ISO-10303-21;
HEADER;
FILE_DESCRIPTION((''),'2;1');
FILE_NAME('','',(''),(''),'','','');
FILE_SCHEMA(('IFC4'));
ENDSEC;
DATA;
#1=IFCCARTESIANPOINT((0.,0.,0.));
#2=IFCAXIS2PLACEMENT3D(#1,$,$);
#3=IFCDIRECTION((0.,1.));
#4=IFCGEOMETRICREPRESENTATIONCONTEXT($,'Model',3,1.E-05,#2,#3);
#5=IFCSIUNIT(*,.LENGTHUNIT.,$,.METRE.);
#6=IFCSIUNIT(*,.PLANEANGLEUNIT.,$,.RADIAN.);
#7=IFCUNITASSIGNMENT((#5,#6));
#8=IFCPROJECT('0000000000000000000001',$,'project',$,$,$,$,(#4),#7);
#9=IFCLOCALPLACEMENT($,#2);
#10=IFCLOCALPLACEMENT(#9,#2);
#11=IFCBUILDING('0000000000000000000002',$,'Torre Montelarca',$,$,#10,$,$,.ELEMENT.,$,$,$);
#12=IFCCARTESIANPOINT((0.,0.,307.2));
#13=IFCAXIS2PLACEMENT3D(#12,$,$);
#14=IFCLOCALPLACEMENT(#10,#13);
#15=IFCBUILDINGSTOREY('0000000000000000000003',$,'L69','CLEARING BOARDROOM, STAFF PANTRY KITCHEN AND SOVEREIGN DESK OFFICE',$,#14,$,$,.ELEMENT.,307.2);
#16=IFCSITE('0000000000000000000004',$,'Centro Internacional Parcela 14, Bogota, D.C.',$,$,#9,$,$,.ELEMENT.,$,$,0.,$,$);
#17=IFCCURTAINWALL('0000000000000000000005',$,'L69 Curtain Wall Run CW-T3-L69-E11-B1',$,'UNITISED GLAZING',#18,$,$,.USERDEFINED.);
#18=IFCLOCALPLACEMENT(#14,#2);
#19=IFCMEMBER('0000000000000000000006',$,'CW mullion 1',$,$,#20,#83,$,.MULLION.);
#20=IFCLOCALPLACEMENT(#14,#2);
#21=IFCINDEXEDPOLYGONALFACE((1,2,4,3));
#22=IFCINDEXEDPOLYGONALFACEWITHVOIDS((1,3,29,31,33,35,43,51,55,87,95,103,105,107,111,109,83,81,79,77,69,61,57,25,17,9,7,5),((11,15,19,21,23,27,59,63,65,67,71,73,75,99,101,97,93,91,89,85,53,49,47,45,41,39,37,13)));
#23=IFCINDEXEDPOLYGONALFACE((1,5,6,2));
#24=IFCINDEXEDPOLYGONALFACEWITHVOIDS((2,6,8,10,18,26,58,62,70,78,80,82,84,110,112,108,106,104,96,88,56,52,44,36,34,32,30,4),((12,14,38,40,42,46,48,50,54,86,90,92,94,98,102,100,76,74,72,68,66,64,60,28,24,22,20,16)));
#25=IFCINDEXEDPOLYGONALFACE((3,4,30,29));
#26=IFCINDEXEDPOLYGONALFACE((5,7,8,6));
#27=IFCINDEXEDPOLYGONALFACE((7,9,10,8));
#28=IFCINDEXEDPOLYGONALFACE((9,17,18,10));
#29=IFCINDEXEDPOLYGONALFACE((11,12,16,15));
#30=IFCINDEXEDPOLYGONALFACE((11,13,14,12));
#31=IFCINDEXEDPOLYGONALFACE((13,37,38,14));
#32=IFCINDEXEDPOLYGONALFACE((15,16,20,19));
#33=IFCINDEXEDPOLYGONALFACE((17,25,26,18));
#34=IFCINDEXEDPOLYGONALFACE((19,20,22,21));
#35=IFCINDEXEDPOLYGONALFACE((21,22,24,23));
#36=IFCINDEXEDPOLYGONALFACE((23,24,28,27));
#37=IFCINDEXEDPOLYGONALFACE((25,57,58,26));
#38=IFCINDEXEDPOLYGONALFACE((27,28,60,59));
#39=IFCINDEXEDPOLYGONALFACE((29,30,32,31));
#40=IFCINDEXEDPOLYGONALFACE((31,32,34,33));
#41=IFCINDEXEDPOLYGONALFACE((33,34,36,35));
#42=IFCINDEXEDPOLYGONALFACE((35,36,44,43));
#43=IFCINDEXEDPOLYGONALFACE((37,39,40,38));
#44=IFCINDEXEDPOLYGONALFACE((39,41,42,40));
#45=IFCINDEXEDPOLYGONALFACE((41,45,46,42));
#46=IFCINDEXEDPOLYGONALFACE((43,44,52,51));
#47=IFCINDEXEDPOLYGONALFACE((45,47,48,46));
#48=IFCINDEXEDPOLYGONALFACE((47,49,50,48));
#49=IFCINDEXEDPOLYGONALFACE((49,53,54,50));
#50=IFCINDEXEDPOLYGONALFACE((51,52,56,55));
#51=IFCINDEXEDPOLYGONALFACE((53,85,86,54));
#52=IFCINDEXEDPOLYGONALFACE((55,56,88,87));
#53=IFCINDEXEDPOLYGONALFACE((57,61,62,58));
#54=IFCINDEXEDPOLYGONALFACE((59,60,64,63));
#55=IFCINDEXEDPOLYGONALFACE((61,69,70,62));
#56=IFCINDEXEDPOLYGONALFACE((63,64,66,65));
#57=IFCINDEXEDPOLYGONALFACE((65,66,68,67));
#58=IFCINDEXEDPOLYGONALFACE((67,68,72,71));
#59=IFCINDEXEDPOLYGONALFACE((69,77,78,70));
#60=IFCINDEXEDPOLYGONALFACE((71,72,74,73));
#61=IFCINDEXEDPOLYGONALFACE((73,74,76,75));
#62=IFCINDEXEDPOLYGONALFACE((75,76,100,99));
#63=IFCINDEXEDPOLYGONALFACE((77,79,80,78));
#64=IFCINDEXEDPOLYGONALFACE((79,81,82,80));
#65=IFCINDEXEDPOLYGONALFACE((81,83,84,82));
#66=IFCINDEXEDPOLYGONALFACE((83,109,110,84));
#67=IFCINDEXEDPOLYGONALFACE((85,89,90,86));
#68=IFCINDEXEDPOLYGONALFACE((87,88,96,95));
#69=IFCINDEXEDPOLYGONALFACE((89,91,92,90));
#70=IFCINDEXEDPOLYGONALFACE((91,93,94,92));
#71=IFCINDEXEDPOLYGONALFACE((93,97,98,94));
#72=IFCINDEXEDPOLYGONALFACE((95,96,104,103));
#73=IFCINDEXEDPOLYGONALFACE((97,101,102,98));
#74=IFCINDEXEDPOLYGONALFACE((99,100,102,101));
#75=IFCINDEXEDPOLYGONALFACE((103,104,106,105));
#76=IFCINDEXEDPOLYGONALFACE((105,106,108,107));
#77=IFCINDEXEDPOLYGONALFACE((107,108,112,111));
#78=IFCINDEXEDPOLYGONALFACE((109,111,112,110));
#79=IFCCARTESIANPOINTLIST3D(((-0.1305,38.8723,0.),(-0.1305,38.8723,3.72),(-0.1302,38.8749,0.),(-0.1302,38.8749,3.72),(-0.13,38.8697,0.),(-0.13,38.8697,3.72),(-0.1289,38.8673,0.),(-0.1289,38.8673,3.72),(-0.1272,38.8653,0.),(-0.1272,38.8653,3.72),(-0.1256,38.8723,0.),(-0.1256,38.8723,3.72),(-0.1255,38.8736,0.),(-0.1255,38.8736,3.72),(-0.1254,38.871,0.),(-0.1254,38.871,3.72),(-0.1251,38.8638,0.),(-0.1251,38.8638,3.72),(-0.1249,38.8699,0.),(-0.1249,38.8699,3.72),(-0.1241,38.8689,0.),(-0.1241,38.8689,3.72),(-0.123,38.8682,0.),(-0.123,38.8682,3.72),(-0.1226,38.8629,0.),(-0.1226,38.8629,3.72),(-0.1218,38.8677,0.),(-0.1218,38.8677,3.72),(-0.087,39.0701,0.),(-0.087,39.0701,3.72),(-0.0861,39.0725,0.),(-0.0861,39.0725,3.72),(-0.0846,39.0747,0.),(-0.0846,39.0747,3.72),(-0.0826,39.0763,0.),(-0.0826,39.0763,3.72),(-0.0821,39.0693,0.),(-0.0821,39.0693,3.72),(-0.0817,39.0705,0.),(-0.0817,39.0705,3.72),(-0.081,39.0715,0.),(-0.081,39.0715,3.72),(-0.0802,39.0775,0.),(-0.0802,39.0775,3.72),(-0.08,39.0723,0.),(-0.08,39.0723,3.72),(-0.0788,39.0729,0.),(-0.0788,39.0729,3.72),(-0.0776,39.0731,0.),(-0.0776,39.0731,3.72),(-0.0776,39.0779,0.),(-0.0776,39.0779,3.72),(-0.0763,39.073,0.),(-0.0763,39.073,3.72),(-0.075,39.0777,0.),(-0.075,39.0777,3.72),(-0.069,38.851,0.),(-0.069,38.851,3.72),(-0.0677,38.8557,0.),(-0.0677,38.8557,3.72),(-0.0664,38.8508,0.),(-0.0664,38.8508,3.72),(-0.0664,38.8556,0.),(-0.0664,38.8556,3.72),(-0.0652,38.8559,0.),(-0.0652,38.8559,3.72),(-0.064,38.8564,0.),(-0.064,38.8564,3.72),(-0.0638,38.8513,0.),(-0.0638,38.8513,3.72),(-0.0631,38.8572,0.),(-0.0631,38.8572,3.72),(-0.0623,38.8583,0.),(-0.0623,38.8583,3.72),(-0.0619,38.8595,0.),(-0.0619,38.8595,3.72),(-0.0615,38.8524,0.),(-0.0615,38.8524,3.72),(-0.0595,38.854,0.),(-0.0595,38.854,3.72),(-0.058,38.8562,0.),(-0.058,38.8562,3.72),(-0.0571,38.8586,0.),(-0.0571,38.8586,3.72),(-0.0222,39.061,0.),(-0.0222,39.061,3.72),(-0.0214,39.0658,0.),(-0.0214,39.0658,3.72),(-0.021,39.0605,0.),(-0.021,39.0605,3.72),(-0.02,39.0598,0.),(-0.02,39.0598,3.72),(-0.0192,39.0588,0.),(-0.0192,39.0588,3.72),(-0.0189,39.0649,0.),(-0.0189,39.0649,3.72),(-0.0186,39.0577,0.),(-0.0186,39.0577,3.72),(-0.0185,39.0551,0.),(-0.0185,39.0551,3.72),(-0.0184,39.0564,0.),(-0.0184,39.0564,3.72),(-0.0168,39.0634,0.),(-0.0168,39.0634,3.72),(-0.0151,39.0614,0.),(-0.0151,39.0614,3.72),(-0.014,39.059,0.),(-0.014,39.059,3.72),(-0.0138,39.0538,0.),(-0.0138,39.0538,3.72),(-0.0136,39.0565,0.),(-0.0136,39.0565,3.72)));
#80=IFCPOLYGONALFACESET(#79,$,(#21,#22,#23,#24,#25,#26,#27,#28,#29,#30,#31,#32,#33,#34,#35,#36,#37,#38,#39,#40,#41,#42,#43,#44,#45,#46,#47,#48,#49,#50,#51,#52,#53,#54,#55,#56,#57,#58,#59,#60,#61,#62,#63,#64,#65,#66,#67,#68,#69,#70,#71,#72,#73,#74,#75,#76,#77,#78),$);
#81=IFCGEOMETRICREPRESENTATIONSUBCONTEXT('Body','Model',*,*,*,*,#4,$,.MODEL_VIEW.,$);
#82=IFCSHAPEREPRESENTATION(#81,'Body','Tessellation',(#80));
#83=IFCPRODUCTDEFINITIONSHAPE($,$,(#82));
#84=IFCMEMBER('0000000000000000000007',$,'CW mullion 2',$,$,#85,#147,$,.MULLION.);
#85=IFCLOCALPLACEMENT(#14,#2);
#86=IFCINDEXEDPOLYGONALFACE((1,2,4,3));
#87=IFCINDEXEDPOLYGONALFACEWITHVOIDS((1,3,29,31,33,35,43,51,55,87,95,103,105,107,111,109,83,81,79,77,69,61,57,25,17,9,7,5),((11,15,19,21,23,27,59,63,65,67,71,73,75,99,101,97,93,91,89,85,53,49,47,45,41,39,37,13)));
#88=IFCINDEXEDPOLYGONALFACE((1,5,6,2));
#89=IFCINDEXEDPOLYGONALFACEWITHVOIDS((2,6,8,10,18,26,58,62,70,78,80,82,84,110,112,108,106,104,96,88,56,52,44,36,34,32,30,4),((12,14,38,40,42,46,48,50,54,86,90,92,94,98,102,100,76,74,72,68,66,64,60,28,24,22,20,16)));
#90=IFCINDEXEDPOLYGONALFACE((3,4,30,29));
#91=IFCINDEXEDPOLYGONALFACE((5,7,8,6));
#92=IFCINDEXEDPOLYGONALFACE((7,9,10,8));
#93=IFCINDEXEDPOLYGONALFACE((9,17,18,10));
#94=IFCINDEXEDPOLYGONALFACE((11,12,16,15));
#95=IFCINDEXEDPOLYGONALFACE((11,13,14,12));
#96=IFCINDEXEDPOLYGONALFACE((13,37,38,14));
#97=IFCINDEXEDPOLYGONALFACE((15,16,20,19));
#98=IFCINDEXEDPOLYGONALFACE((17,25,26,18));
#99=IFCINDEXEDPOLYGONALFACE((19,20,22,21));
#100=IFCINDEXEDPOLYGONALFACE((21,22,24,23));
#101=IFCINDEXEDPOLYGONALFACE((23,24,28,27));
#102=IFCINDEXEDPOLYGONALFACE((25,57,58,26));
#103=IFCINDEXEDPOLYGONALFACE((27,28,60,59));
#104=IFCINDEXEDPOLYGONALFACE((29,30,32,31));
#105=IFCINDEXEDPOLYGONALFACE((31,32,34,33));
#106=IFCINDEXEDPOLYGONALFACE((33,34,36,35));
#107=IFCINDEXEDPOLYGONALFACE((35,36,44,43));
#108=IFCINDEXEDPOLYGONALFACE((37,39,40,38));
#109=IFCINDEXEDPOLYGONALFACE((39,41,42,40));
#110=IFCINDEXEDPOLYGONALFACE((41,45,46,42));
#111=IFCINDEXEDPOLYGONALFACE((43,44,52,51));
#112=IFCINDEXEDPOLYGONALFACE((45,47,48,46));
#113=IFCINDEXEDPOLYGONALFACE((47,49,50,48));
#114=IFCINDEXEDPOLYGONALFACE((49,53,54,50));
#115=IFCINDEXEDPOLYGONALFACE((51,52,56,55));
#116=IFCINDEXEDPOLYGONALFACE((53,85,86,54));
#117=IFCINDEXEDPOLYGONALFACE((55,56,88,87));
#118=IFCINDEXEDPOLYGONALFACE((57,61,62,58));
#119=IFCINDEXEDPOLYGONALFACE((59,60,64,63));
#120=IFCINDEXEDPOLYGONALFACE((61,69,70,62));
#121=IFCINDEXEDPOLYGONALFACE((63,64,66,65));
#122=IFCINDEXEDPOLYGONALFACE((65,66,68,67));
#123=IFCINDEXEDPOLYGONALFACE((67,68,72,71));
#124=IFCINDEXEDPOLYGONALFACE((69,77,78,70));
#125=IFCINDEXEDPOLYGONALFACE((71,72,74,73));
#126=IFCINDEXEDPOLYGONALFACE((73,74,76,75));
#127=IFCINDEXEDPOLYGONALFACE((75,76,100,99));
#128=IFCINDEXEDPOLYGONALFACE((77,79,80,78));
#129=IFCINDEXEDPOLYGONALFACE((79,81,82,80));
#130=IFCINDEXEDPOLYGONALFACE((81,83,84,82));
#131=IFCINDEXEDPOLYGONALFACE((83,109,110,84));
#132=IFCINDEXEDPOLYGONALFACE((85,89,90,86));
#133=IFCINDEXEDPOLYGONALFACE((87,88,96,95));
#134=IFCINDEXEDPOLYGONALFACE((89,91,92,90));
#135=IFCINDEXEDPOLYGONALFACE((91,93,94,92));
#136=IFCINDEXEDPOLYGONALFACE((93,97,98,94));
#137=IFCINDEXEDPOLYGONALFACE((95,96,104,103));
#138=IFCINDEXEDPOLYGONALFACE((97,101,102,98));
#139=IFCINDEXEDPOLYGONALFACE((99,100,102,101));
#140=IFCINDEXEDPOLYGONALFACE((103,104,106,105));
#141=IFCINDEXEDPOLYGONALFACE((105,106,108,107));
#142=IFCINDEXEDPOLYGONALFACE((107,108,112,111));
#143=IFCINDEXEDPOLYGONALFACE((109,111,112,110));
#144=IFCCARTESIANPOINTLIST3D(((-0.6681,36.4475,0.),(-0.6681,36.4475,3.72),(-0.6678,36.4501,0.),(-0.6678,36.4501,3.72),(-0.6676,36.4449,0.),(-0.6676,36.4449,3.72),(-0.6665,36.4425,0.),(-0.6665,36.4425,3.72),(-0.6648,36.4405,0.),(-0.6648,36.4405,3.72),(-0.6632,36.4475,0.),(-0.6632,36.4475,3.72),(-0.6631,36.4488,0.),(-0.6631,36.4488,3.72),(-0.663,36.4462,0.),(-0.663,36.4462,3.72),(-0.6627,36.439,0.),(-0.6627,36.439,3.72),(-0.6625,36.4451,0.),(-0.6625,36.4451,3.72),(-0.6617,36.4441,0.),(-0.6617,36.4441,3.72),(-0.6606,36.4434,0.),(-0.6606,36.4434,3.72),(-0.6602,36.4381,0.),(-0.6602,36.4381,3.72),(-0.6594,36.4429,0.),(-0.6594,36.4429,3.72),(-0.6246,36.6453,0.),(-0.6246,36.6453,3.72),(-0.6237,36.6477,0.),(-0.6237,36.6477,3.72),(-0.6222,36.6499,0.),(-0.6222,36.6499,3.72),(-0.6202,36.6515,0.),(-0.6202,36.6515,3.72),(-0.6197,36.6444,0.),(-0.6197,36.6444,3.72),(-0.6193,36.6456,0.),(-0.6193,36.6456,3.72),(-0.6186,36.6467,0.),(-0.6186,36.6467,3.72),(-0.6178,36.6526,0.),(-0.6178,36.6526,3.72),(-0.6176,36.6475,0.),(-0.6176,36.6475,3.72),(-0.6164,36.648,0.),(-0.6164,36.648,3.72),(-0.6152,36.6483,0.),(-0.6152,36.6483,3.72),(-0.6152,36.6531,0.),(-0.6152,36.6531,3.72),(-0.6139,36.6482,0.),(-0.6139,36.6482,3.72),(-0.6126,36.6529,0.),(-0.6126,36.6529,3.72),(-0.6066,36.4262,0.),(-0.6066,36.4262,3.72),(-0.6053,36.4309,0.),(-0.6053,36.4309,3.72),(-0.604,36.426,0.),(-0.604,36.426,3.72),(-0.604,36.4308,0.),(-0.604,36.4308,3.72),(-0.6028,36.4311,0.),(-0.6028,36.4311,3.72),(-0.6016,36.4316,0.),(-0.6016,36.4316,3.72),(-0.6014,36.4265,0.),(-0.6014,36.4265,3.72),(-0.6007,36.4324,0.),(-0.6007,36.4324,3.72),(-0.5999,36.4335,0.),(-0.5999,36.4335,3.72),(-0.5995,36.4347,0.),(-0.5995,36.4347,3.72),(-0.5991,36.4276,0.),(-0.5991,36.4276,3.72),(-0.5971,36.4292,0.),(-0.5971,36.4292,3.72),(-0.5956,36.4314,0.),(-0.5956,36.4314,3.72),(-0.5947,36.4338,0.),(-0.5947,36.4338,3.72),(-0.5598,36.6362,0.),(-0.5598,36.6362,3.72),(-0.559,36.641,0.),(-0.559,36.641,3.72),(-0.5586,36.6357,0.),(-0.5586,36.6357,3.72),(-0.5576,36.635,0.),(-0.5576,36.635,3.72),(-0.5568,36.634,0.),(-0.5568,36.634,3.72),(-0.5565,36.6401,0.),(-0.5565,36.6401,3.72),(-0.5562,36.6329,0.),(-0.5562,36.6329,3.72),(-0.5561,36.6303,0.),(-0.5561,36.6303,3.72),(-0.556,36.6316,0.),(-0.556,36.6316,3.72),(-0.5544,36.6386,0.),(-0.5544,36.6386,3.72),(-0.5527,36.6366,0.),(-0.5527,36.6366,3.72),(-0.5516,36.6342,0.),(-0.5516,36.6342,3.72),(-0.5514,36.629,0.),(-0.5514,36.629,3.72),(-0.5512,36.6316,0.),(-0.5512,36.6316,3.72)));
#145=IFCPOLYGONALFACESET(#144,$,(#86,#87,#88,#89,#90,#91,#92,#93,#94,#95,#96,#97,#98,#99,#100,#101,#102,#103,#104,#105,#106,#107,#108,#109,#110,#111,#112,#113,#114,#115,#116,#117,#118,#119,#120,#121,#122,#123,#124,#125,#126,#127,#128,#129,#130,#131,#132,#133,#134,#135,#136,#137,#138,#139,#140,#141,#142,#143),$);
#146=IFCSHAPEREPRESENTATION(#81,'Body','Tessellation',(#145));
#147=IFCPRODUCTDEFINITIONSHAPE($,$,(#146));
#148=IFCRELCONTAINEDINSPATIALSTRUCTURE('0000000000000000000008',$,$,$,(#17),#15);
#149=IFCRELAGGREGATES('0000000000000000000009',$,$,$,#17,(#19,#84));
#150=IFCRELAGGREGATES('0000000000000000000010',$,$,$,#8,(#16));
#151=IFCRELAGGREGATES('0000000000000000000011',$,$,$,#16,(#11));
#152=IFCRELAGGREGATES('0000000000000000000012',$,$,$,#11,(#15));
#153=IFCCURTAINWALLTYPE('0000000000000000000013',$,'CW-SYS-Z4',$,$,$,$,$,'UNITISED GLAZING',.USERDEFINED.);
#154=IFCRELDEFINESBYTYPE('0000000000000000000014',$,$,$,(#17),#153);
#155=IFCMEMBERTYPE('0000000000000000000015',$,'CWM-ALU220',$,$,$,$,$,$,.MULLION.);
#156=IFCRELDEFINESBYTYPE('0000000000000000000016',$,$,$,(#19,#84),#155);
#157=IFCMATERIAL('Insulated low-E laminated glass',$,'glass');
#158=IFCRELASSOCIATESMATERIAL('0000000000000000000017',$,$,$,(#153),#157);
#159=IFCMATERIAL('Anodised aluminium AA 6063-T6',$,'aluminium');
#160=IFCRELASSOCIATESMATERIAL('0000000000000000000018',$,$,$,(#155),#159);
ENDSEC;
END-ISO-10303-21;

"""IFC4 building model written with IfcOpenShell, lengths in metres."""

from ifc_helpers import new_model, si_unit, direction, frame, origin, origin_2d, place, context, subcontext, project, spatial, hollow_rectangle, extrude, source, transform, mapped, material, material_profile, profile_set, type_object, element, aggregate, save


model = new_model("IFC4")

# Units and contexts
model_context = context("Model", 3, precision=1e-05, world=origin(), true_north=direction((0.0, 1.0)))
body_context = subcontext(model_context, "Body", "Model", "MODEL_VIEW")
ifc_project = project(units=[si_unit("LENGTHUNIT", "METRE"), si_unit("PLANEANGLEUNIT", "RADIAN")], contexts=[model_context])

# Site, building, storey
site_placement = place(None, origin())
site = spatial("IfcSite", under=ifc_project, at=site_placement, Name="Centro Internacional Parcela 14, Bogota, D.C.", CompositionType="ELEMENT", RefElevation=0.0)
building_placement = place(site_placement, origin())
building = spatial("IfcBuilding", under=site, at=building_placement, Name="Torre Montelarca", CompositionType="ELEMENT")
storey_placement = place(building_placement, frame((0.0, 0.0, 307.2)))
storey = spatial("IfcBuildingStorey", under=building, at=storey_placement, Name="L69", Description="CLEARING BOARDROOM, STAFF PANTRY KITCHEN AND SOVEREIGN DESK OFFICE", CompositionType="ELEMENT", Elevation=307.2)

# Curtain wall, members
ifc_material_1 = material(Name="Insulated low-E laminated glass", Category="glass")
curtain_wall_type = type_object("IfcCurtainWallType", Name="CW-SYS-Z4", ElementType="UNITISED GLAZING", PredefinedType="USERDEFINED", material=ifc_material_1)
curtain_wall_placement = place(storey_placement, origin())
curtain_wall = element("IfcCurtainWall", 1, at=curtain_wall_placement, inside=storey, type_object=curtain_wall_type, Name="L69 Curtain Wall Run CW-T3-L69-E11-B1", ObjectType="UNITISED GLAZING", PredefinedType="USERDEFINED")
ifc_material_2 = material(Name="Anodised aluminium AA 6063-T6", Category="aluminium")
ifc_material_profile_1 = material_profile(ifc_material_2, hollow_rectangle(XDim=0.075, YDim=0.22, WallThickness=0.0049, InnerFilletRadius=0.0049, OuterFilletRadius=0.01, at=origin_2d()), Name="ALU75X220X5", Category="aluminium")
ifc_profile_set_1 = profile_set([ifc_material_profile_1], Name="Anodised aluminium AA 6063-T6")
member_type_1 = type_object("IfcMemberType", Name="CWM-ALU220", PredefinedType="MULLION", material=ifc_profile_set_1)
shared_shape_1 = source(origin(), body_context, "Body", "SweptSolid", [
    extrude(hollow_rectangle(XDim=0.075, YDim=0.22, WallThickness=0.0049, InnerFilletRadius=0.0049, OuterFilletRadius=0.01, at=origin_2d()), origin(), (0.0, 0.0, 1.0), 3.72),
])
member_1_placement = place(storey_placement, frame((-0.072, 38.9644, 0.0), z_axis=(0.0, 0.0, 1.0), x_axis=(0.976291, -0.216462, 0.0)))
member_1 = element("IfcMember", 2, at=member_1_placement, type_object=member_type_1, Name="CW mullion 1", PredefinedType="MULLION", context=body_context, shape_type="MappedRepresentation", body=[
    mapped(shared_shape_1, transform((0.0, 0.0, 0.0), scale=1.0)),
])
member_2_placement = place(storey_placement, frame((-0.6096, 36.5396, 0.0), z_axis=(0.0, 0.0, 1.0), x_axis=(0.976291, -0.216462, 0.0)))
member_2 = element("IfcMember", 3, at=member_2_placement, type_object=member_type_1, Name="CW mullion 2", PredefinedType="MULLION", context=body_context, shape_type="MappedRepresentation", body=[
    mapped(shared_shape_1, transform((0.0, 0.0, 0.0), scale=1.0)),
])
aggregate(curtain_wall, [member_1, member_2])

save(model, "model.ifc")
